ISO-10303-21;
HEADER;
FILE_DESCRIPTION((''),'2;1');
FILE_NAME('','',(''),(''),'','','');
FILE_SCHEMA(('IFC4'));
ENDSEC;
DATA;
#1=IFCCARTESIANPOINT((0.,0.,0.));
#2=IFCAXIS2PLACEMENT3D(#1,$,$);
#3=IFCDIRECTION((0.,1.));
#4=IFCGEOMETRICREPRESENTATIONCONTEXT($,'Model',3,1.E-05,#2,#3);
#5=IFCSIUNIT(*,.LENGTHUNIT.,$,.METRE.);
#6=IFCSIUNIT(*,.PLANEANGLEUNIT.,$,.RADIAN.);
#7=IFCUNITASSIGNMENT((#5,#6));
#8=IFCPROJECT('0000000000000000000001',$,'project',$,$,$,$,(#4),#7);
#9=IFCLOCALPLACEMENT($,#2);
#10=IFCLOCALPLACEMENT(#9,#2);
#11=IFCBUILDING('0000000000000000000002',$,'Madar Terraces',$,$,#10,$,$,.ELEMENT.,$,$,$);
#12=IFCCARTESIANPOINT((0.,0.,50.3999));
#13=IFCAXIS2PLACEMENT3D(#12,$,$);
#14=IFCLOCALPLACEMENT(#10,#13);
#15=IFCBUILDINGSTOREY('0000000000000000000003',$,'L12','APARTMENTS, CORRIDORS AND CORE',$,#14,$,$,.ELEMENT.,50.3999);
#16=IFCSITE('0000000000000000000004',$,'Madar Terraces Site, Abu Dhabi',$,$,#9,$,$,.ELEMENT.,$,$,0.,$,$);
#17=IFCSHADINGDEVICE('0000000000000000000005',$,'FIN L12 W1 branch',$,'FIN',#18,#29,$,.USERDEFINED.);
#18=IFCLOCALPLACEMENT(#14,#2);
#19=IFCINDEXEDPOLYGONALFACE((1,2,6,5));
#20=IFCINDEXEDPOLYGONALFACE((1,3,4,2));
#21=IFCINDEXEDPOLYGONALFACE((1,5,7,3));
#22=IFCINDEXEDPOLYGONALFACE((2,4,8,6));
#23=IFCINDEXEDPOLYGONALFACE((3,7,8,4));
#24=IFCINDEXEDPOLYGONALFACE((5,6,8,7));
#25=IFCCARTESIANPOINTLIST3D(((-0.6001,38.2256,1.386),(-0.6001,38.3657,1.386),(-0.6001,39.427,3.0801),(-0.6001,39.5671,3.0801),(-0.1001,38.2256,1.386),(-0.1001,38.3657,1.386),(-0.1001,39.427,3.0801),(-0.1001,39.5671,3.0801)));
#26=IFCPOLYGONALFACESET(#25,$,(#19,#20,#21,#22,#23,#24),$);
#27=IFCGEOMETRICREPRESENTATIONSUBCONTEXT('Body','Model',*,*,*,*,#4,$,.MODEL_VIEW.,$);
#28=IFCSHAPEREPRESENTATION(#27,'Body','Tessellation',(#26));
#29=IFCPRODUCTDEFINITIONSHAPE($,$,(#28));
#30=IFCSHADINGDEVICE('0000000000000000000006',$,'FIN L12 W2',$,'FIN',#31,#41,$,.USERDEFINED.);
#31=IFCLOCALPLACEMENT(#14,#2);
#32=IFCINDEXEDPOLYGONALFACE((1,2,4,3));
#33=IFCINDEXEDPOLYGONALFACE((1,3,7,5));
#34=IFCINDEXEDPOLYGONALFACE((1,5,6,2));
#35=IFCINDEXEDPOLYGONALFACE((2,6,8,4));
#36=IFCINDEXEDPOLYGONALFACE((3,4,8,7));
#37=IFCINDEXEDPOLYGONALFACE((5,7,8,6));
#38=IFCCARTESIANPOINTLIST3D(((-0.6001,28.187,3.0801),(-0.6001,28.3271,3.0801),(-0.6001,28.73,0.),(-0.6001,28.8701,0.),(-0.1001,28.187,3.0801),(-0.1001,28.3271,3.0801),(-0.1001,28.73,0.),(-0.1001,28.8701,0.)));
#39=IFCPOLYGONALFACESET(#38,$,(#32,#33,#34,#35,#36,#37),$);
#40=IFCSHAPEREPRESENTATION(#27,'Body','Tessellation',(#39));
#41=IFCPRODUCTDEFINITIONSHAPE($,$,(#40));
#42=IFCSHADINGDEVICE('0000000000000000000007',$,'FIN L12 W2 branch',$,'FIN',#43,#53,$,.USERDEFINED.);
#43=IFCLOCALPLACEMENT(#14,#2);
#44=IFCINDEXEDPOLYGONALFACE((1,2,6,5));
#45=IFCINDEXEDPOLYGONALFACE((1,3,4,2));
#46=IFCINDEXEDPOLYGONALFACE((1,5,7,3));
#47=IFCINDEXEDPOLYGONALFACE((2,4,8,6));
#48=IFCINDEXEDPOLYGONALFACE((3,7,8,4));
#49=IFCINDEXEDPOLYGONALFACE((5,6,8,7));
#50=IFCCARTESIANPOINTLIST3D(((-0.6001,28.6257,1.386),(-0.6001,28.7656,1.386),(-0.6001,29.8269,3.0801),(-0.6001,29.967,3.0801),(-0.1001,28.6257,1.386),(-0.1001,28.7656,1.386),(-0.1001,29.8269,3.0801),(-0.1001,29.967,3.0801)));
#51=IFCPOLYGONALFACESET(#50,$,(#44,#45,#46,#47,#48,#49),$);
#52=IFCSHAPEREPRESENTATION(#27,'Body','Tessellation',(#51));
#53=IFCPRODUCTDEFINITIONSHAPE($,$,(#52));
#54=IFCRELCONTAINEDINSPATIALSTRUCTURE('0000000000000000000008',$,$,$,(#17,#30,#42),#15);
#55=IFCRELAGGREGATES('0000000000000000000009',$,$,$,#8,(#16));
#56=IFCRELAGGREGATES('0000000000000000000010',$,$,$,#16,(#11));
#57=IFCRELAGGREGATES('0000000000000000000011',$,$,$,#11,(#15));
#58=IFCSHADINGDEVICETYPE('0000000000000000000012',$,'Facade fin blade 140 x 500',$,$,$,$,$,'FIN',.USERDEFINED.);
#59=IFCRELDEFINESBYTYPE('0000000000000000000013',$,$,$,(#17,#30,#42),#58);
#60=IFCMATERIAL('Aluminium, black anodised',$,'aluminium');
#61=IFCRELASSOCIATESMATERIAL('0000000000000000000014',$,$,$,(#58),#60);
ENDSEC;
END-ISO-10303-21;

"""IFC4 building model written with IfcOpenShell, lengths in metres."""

from ifc_helpers import new_model, si_unit, direction, frame, origin, place, context, subcontext, project, spatial, polyline, outline, extrude, material, type_object, element, save


model = new_model("IFC4")

# Units and contexts
model_context = context("Model", 3, precision=1e-05, world=origin(), true_north=direction((0.0, 1.0)))
body_context = subcontext(model_context, "Body", "Model", "MODEL_VIEW")
ifc_project = project(units=[si_unit("LENGTHUNIT", "METRE"), si_unit("PLANEANGLEUNIT", "RADIAN")], contexts=[model_context])

# Site, building, storey
site_placement = place(None, origin())
site = spatial("IfcSite", under=ifc_project, at=site_placement, Name="Madar Terraces Site, Abu Dhabi", CompositionType="ELEMENT", RefElevation=0.0)
building_placement = place(site_placement, origin())
building = spatial("IfcBuilding", under=site, at=building_placement, Name="Madar Terraces", CompositionType="ELEMENT")
storey_placement = place(building_placement, frame((0.0, 0.0, 50.3999)))
storey = spatial("IfcBuildingStorey", under=building, at=storey_placement, Name="L12", Description="APARTMENTS, CORRIDORS AND CORE", CompositionType="ELEMENT", Elevation=50.3999)

# Shading devices
ifc_material_1 = material(Name="Aluminium, black anodised", Category="aluminium")
shading_device_type = type_object("IfcShadingDeviceType", Name="Facade fin blade 140 x 500", ElementType="FIN", PredefinedType="USERDEFINED", material=ifc_material_1)
shading_device_1_placement = place(storey_placement, frame((-0.3501, 38.3657, 1.386), z_axis=(0.0, 0.0, 1.0), x_axis=(0.0, -1.0, 0.0)))
element("IfcShadingDevice", 1, at=shading_device_1_placement, inside=storey, type_object=shading_device_type, Name="FIN L12 W1 branch", ObjectType="FIN", PredefinedType="USERDEFINED", context=body_context, shape_type="SweptSolid", body=[
    extrude(outline(polyline([(0.0, 0.0), (0.1401, 0.0), (-1.0613, 1.6941), (-1.2014, 1.6941), (0.0, 0.0)])), frame((0.0, 0.25, 0.0), z_axis=(0.0, -1.0, 0.0), x_axis=(1.0, 0.0, 0.0)), (0.0, 0.0, 1.0), 0.5),
])
shading_device_2_placement = place(storey_placement, frame((-0.3501, 28.8701, 0.0), z_axis=(0.0, 0.0, 1.0), x_axis=(0.0, -1.0, 0.0)))
element("IfcShadingDevice", 2, at=shading_device_2_placement, inside=storey, type_object=shading_device_type, Name="FIN L12 W2", ObjectType="FIN", PredefinedType="USERDEFINED", context=body_context, shape_type="SweptSolid", body=[
    extrude(outline(polyline([(0.0, 0.0), (0.1401, 0.0), (0.6831, 3.0801), (0.543, 3.0801), (0.0, 0.0)])), frame((0.0, 0.25, 0.0), z_axis=(0.0, -1.0, 0.0), x_axis=(1.0, 0.0, 0.0)), (0.0, 0.0, 1.0), 0.5),
])
shading_device_3_placement = place(storey_placement, frame((-0.3501, 28.7656, 1.386), z_axis=(0.0, 0.0, 1.0), x_axis=(0.0, -1.0, 0.0)))
element("IfcShadingDevice", 3, at=shading_device_3_placement, inside=storey, type_object=shading_device_type, Name="FIN L12 W2 branch", ObjectType="FIN", PredefinedType="USERDEFINED", context=body_context, shape_type="SweptSolid", body=[
    extrude(outline(polyline([(0.0, 0.0), (0.1399, 0.0), (-1.0613, 1.6941), (-1.2014, 1.6941), (0.0, 0.0)])), frame((0.0, 0.25, 0.0), z_axis=(0.0, -1.0, 0.0), x_axis=(1.0, 0.0, 0.0)), (0.0, 0.0, 1.0), 0.5),
])

save(model, "model.ifc")
